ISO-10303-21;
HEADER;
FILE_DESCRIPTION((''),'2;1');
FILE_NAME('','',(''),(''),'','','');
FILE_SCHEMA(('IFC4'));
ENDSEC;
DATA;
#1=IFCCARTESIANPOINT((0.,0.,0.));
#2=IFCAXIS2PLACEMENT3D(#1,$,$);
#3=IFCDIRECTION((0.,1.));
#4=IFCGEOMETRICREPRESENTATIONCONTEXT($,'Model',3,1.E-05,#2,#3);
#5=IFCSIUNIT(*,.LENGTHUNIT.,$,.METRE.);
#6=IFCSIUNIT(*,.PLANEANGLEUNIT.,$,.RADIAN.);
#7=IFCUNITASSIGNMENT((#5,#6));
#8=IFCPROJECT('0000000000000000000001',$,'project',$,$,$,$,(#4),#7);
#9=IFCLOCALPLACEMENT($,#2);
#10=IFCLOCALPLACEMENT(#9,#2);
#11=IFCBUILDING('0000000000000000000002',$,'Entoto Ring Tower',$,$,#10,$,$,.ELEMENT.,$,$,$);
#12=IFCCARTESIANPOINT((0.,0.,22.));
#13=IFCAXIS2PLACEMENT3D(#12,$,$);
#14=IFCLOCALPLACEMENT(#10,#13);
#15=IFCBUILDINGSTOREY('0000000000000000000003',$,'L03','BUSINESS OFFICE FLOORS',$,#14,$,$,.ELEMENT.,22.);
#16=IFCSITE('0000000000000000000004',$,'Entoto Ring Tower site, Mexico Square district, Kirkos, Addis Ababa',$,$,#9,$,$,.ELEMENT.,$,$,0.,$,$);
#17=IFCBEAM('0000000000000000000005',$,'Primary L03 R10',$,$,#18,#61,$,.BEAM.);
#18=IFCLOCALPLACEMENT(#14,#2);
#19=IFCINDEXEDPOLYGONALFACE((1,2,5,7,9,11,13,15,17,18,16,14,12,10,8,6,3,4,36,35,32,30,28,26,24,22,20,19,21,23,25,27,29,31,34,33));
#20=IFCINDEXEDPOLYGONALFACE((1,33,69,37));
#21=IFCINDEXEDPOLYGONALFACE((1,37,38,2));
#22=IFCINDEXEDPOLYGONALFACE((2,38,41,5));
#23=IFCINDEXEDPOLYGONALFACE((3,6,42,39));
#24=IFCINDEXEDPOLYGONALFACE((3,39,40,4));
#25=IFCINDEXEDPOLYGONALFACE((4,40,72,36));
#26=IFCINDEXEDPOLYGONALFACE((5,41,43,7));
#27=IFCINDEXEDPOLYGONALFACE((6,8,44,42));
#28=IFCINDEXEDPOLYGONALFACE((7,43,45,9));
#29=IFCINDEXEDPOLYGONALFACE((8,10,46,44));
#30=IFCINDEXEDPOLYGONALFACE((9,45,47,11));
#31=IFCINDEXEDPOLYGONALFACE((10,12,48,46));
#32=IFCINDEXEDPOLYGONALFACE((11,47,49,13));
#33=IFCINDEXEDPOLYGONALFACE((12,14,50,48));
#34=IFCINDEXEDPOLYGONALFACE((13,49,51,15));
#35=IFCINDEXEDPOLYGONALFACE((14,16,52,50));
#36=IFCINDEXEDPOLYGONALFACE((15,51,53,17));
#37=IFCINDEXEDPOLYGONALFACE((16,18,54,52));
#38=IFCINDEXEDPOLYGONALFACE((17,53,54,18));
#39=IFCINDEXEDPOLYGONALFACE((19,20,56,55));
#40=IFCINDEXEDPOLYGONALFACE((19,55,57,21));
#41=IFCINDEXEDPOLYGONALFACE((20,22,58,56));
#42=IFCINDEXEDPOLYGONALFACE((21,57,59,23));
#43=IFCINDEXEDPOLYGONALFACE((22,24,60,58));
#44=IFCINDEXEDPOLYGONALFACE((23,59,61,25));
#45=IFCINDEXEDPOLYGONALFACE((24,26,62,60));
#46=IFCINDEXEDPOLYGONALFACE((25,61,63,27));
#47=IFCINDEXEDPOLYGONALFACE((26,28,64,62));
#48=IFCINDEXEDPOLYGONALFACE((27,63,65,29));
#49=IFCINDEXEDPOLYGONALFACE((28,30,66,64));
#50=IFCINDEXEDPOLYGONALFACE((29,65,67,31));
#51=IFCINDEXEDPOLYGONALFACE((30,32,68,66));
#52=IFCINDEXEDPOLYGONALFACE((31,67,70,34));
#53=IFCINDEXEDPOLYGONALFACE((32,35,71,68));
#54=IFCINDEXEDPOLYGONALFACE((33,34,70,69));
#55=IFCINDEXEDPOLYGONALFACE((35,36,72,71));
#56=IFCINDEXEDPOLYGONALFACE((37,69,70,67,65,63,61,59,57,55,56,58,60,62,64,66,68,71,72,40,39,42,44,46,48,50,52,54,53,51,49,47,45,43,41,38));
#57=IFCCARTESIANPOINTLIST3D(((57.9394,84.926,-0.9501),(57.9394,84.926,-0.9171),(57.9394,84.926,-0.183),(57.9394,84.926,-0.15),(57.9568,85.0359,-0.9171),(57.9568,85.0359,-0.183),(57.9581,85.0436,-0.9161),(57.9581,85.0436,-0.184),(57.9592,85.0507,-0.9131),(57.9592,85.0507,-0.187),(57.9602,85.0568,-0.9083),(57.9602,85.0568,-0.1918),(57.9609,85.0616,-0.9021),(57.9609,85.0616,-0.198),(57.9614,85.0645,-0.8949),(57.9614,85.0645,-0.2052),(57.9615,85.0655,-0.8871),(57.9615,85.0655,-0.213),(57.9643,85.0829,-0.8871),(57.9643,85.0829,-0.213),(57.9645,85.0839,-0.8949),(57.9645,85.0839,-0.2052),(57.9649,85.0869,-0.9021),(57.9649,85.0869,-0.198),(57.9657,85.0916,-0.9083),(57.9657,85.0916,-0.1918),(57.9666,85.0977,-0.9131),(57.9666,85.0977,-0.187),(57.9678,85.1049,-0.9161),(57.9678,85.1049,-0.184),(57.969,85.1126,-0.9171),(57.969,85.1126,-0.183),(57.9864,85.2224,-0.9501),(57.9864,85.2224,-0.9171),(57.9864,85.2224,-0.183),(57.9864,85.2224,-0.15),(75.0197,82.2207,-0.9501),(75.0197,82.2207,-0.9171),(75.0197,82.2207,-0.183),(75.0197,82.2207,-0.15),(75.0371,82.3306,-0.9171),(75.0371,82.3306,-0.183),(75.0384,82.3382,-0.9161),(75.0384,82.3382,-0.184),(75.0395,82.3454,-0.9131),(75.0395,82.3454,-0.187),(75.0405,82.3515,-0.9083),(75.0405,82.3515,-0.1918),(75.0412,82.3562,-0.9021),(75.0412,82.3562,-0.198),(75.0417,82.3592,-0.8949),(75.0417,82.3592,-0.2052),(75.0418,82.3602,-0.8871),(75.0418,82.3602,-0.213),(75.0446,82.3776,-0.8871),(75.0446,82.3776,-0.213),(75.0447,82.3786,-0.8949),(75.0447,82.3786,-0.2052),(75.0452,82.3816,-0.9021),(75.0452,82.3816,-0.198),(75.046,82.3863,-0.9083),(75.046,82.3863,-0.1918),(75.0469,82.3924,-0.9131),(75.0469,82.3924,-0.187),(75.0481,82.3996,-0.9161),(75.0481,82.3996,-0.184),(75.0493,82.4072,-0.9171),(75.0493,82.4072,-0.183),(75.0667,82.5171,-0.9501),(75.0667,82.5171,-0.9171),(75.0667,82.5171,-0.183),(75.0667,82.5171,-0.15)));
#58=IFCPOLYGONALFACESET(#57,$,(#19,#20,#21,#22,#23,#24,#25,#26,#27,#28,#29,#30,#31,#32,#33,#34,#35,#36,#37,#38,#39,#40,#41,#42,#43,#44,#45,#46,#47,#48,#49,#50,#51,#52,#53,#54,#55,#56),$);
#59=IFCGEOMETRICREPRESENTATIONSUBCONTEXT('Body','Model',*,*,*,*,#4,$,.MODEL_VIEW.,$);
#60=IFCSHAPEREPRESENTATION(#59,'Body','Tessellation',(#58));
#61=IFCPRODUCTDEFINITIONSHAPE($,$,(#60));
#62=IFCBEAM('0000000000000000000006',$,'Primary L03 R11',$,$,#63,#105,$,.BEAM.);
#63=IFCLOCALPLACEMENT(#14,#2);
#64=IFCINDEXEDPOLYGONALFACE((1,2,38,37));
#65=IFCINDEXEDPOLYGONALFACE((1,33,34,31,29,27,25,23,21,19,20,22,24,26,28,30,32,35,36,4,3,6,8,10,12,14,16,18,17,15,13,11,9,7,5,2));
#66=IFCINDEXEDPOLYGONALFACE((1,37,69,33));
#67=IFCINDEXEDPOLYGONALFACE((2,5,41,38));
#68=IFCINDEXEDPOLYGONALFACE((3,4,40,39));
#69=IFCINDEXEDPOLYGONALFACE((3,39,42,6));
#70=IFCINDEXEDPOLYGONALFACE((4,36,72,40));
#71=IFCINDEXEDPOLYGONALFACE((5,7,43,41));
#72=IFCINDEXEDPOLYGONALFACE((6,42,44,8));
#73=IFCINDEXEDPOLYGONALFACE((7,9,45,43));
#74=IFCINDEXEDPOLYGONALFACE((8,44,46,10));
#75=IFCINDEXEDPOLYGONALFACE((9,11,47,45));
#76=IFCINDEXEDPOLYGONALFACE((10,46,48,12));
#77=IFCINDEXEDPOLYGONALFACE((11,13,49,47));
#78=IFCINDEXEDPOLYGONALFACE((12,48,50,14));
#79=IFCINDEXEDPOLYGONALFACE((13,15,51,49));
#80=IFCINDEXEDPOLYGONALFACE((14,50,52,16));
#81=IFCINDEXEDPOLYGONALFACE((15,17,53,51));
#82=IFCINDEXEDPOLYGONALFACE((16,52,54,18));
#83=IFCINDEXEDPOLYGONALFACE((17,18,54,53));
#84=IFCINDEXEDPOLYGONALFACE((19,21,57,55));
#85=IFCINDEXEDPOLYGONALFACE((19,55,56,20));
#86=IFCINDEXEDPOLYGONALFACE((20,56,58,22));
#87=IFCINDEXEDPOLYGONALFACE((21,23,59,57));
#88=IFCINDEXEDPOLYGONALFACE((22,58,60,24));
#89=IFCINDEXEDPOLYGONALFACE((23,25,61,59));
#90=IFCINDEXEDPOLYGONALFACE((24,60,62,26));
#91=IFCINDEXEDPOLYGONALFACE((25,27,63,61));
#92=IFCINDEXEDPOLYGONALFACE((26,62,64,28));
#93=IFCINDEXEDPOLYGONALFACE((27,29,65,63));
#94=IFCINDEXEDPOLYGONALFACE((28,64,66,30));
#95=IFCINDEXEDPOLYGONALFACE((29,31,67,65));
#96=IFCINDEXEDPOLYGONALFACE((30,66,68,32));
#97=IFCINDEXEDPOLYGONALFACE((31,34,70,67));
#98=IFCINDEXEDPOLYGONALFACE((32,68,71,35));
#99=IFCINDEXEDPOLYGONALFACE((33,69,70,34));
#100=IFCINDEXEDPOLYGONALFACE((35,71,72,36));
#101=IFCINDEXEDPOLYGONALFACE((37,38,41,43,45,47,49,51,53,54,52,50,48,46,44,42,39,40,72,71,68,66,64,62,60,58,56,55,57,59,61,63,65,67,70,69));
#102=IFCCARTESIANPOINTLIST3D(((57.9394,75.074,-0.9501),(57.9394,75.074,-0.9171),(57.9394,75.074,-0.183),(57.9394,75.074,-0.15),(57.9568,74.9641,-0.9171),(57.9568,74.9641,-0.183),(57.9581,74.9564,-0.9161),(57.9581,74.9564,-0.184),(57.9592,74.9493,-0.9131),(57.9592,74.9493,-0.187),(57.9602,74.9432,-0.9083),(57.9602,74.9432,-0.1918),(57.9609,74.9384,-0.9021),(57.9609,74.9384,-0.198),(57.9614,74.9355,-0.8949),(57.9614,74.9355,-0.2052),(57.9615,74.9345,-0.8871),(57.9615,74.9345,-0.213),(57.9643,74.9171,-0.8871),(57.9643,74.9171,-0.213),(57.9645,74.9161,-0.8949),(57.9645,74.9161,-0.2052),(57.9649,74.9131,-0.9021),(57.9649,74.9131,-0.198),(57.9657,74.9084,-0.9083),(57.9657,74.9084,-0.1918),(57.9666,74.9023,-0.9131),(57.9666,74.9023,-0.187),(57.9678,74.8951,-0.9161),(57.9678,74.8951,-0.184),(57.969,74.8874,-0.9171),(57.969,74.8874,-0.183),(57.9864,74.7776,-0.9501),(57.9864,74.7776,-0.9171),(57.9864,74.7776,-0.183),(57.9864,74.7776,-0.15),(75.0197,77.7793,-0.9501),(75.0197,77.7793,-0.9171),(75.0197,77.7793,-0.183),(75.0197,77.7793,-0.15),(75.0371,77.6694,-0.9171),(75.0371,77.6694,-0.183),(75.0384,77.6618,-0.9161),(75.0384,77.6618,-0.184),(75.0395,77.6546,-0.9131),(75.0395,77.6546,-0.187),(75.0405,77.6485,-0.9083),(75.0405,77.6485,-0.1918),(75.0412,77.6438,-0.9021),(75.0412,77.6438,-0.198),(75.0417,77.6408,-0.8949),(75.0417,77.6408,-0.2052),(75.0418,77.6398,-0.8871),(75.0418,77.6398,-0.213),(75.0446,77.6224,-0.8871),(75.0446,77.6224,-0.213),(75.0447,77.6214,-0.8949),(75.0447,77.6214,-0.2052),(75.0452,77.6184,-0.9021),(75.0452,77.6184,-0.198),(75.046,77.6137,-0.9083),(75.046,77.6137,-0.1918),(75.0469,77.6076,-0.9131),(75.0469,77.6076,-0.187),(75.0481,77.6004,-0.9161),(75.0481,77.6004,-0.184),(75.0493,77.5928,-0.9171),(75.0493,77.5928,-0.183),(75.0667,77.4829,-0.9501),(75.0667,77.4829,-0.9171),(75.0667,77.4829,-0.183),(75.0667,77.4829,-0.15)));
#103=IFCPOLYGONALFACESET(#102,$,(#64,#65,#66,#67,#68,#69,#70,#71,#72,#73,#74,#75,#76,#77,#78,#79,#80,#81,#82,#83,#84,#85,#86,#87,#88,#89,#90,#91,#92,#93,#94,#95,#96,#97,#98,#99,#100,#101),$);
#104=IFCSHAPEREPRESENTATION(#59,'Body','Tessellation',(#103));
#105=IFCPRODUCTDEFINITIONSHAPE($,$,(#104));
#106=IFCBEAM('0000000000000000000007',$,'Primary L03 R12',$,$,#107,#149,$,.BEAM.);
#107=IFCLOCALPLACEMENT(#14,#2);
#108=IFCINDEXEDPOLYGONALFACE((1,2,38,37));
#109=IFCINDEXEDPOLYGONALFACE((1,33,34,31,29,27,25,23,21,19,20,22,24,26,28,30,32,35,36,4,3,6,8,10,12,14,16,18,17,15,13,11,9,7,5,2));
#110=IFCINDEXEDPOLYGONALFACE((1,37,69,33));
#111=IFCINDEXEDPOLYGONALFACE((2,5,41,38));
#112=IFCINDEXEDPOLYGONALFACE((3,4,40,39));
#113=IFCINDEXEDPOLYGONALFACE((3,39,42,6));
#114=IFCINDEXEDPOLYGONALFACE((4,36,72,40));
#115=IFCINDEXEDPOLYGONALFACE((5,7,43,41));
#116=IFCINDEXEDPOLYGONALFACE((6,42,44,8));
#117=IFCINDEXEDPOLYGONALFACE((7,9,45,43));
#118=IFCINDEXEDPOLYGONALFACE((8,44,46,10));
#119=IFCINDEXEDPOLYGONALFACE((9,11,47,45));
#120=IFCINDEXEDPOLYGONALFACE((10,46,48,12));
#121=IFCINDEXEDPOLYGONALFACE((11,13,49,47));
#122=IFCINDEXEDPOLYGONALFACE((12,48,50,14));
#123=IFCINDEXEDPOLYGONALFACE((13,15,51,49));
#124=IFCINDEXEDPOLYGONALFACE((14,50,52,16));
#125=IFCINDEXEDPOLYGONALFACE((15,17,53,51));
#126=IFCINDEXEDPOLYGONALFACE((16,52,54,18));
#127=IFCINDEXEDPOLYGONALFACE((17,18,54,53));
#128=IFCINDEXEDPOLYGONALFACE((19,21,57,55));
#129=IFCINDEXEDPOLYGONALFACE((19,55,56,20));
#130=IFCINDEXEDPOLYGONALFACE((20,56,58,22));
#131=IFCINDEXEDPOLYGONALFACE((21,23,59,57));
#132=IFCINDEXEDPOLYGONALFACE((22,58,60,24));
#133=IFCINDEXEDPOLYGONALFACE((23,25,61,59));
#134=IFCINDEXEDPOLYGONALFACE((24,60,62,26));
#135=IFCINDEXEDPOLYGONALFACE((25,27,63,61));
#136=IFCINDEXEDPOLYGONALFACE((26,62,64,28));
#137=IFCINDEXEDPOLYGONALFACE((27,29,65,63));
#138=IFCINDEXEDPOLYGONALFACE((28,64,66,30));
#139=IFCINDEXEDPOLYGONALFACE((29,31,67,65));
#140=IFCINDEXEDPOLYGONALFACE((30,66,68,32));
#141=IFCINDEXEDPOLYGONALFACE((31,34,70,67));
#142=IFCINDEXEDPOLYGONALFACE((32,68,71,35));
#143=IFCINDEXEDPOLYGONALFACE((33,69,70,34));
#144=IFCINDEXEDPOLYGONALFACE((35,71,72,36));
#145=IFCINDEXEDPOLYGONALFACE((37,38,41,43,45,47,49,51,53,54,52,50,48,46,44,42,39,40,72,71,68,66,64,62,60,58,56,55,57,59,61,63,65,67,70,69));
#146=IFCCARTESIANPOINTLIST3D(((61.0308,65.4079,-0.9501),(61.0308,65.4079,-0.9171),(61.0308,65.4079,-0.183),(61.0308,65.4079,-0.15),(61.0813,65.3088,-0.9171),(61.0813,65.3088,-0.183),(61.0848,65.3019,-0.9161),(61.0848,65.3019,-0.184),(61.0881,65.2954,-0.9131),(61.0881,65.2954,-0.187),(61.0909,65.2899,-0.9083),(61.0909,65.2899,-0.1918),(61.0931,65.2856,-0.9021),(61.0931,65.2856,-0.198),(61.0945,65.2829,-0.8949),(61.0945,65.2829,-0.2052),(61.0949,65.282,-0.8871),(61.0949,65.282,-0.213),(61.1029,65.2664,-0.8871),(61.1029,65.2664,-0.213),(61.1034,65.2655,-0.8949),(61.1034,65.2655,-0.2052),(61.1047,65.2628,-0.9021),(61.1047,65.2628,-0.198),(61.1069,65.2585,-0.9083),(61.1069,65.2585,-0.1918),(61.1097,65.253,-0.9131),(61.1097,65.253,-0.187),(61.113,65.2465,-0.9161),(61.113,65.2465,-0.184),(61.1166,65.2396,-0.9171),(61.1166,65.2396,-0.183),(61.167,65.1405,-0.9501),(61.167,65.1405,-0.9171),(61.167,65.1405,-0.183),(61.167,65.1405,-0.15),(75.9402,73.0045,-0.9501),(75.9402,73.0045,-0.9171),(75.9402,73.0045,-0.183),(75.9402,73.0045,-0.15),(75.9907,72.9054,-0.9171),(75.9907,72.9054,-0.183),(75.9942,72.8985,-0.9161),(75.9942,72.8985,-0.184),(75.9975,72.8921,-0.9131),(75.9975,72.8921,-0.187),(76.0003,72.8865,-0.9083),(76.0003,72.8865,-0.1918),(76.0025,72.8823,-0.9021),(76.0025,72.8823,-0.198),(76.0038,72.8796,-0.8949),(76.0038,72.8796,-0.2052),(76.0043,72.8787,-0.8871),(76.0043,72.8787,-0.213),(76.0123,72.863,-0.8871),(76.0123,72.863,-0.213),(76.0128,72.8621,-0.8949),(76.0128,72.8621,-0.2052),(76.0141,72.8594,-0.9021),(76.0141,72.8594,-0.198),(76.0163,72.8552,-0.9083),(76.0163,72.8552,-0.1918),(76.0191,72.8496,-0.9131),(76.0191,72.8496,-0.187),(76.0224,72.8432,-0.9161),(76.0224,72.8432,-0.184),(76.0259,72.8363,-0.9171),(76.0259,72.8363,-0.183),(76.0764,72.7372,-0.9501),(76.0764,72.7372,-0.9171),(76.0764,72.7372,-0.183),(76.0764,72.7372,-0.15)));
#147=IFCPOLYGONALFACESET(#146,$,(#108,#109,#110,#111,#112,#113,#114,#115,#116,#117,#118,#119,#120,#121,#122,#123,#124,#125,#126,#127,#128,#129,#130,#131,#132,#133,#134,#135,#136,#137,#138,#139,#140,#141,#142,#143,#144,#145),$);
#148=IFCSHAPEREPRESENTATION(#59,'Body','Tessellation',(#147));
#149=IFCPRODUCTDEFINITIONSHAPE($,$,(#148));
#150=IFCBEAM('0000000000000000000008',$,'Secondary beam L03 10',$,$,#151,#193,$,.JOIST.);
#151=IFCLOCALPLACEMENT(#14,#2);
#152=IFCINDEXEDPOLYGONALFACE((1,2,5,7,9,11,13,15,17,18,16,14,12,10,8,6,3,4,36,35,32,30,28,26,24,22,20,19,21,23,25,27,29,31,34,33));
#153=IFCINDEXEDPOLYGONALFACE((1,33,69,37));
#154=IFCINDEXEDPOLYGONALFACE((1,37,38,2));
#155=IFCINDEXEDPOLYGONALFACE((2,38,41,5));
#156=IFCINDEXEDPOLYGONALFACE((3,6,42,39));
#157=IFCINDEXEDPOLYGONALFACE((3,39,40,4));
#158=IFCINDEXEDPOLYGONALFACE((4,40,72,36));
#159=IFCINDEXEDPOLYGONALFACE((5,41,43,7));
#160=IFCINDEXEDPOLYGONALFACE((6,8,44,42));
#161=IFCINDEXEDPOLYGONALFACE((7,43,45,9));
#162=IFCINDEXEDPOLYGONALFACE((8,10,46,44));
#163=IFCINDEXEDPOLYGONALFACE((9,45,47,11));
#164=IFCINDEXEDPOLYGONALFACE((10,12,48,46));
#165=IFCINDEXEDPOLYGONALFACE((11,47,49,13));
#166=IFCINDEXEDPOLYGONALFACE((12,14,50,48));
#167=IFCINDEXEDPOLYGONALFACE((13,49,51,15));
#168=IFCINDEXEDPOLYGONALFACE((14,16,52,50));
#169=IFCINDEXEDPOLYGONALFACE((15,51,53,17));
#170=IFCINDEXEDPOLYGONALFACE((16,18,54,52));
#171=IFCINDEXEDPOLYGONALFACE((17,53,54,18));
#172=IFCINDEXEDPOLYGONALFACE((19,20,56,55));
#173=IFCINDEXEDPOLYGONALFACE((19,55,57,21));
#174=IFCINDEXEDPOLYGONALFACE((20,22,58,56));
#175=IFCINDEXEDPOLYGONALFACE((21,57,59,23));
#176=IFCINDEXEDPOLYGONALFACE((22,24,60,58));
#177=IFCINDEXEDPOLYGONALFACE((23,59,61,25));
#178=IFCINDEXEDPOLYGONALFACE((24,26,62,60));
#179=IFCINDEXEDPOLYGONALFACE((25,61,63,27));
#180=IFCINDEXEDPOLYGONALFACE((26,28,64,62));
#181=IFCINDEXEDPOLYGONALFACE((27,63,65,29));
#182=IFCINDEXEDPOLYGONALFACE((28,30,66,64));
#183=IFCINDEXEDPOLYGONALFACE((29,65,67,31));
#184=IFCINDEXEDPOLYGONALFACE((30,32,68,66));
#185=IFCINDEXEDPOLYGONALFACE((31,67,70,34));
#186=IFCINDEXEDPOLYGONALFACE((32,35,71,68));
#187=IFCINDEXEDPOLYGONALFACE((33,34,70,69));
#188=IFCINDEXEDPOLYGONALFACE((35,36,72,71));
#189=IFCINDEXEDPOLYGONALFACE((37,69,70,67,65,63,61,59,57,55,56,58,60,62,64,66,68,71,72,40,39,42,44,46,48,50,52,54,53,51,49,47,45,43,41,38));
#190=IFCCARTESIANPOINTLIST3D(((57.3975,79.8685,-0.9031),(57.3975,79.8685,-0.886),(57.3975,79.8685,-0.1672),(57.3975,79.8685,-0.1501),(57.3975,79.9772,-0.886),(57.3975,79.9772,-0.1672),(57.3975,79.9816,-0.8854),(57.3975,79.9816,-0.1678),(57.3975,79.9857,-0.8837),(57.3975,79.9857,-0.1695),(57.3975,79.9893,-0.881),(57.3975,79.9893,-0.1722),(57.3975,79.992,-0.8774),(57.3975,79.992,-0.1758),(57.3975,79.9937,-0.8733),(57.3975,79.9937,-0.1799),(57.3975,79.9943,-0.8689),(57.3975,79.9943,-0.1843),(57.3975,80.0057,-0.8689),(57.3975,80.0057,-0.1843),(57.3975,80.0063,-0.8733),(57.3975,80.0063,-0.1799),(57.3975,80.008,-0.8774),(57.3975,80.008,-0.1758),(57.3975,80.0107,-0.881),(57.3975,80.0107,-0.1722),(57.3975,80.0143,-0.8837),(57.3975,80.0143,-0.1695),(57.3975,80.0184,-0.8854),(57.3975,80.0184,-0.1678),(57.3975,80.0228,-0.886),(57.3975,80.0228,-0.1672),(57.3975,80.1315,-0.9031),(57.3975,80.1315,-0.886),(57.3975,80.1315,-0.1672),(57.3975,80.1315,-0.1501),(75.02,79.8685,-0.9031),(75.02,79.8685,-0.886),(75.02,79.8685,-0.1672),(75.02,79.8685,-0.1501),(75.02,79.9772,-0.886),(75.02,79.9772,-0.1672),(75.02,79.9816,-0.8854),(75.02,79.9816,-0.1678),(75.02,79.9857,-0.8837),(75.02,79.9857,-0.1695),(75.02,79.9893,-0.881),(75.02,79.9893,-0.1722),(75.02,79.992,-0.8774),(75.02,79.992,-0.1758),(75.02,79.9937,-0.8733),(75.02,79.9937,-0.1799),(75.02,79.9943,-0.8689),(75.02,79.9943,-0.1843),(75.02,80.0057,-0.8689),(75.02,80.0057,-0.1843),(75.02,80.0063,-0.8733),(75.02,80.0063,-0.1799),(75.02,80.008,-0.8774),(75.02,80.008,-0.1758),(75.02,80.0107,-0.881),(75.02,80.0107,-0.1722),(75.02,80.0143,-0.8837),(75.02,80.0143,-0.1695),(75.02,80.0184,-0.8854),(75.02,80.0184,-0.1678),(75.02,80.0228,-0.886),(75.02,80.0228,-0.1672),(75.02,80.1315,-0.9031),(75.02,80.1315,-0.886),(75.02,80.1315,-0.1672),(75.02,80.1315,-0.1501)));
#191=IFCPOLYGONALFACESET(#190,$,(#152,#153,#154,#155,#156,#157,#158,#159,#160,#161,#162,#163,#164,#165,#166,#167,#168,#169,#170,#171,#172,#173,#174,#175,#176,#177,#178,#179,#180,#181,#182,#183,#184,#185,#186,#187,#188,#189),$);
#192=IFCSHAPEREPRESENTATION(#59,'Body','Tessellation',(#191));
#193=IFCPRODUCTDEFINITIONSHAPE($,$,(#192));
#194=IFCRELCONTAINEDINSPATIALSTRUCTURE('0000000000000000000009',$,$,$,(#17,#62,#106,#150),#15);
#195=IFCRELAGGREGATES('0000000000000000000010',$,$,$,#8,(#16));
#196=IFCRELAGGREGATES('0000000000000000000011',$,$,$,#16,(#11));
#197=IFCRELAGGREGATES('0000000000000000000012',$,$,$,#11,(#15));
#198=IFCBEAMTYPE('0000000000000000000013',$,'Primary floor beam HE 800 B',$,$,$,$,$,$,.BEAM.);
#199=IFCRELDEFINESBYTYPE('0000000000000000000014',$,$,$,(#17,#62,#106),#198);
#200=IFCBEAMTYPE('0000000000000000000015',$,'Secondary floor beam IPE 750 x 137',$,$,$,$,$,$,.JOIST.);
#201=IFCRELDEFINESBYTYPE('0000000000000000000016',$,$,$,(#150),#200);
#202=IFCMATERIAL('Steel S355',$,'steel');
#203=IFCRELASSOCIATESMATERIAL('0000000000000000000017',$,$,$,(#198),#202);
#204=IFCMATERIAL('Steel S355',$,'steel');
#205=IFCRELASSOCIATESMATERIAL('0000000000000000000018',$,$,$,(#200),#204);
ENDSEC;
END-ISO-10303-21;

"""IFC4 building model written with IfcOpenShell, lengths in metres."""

from ifc_helpers import new_model, si_unit, direction, frame, origin, origin_2d, place, context, subcontext, project, spatial, i_section, extrude, material, material_profile, profile_set, type_object, element, save


model = new_model("IFC4")

# Units and contexts
model_context = context("Model", 3, precision=1e-05, world=origin(), true_north=direction((0.0, 1.0)))
body_context = subcontext(model_context, "Body", "Model", "MODEL_VIEW")
ifc_project = project(units=[si_unit("LENGTHUNIT", "METRE"), si_unit("PLANEANGLEUNIT", "RADIAN")], contexts=[model_context])

# Site, building, storey
site_placement = place(None, origin())
site = spatial("IfcSite", under=ifc_project, at=site_placement, Name="Entoto Ring Tower site, Mexico Square district, Kirkos, Addis Ababa", CompositionType="ELEMENT", RefElevation=0.0)
building_placement = place(site_placement, origin())
building = spatial("IfcBuilding", under=site, at=building_placement, Name="Entoto Ring Tower", CompositionType="ELEMENT")
storey_placement = place(building_placement, frame((0.0, 0.0, 22.0)))
storey = spatial("IfcBuildingStorey", under=building, at=storey_placement, Name="L03", Description="BUSINESS OFFICE FLOORS", CompositionType="ELEMENT", Elevation=22.0)

# Beams
ifc_material_1 = material(Name="Steel S355", Category="steel")
ifc_material_profile_1 = material_profile(ifc_material_1, i_section(OverallWidth=0.3, OverallDepth=0.8, WebThickness=0.0176, FlangeThickness=0.033, FilletRadius=0.03, at=origin_2d()), Name="HE 800 B")
ifc_profile_set_1 = profile_set([ifc_material_profile_1], Name="Steel S355")
beam_type_1 = type_object("IfcBeamType", Name="Primary floor beam HE 800 B", PredefinedType="BEAM", material=ifc_profile_set_1)
for number, where, z_axis, x_axis, name in (
    (1, (75.0432, 82.3689, -0.55), (-0.987688, 0.156438, 0.0), (-0.156438, -0.987688, 0.0), "Primary L03 R10"),
    (2, (75.0432, 77.6311, -0.55), (-0.987688, -0.156438, 0.0), (0.156438, -0.987688, 0.0), "Primary L03 R11"),
):
    element("IfcBeam", number, at=place(storey_placement, frame(where, z_axis=z_axis, x_axis=x_axis)), inside=storey, type_object=beam_type_1, Name=name, PredefinedType="BEAM", context=body_context, shape_type="SweptSolid", body=[
        extrude(i_section(OverallWidth=0.3, OverallDepth=0.8, WebThickness=0.0176, FlangeThickness=0.033, FilletRadius=0.03, at=origin_2d()), origin(), (0.0, 0.0, 1.0), 17.2932),
    ])
beam_1_placement = place(storey_placement, frame((76.0083, 72.8708, -0.55), z_axis=(-0.891008, -0.453988, 0.0), x_axis=(0.453988, -0.891008, 0.0)))
element("IfcBeam", 3, at=beam_1_placement, inside=storey, type_object=beam_type_1, Name="Primary L03 R12", PredefinedType="BEAM", context=body_context, shape_type="SweptSolid", body=[
    extrude(i_section(OverallWidth=0.3, OverallDepth=0.8, WebThickness=0.0176, FlangeThickness=0.033, FilletRadius=0.03, at=origin_2d()), origin(), (0.0, 0.0, 1.0), 16.7332),
])
ifc_material_2 = material(Name="Steel S355", Category="steel")
ifc_material_profile_2 = material_profile(ifc_material_2, i_section(OverallWidth=0.2629, OverallDepth=0.7529, WebThickness=0.0115, FlangeThickness=0.0171, FilletRadius=0.0171, at=origin_2d()), Name="IPE 750 x 137")
ifc_profile_set_2 = profile_set([ifc_material_profile_2], Name="Steel S355")
beam_type_2 = type_object("IfcBeamType", Name="Secondary floor beam IPE 750 x 137", PredefinedType="JOIST", material=ifc_profile_set_2)
beam_2_placement = place(storey_placement, frame((75.02, 80.0, -0.5266), z_axis=(-1.0, 0.0, 0.0), x_axis=(0.0, -1.0, 0.0)))
element("IfcBeam", 4, at=beam_2_placement, inside=storey, type_object=beam_type_2, Name="Secondary beam L03 10", PredefinedType="JOIST", context=body_context, shape_type="SweptSolid", body=[
    extrude(i_section(OverallWidth=0.2629, OverallDepth=0.7529, WebThickness=0.0115, FlangeThickness=0.0171, FilletRadius=0.0171, at=origin_2d()), origin(), (0.0, 0.0, 1.0), 17.6226),
])

save(model, "model.ifc")
